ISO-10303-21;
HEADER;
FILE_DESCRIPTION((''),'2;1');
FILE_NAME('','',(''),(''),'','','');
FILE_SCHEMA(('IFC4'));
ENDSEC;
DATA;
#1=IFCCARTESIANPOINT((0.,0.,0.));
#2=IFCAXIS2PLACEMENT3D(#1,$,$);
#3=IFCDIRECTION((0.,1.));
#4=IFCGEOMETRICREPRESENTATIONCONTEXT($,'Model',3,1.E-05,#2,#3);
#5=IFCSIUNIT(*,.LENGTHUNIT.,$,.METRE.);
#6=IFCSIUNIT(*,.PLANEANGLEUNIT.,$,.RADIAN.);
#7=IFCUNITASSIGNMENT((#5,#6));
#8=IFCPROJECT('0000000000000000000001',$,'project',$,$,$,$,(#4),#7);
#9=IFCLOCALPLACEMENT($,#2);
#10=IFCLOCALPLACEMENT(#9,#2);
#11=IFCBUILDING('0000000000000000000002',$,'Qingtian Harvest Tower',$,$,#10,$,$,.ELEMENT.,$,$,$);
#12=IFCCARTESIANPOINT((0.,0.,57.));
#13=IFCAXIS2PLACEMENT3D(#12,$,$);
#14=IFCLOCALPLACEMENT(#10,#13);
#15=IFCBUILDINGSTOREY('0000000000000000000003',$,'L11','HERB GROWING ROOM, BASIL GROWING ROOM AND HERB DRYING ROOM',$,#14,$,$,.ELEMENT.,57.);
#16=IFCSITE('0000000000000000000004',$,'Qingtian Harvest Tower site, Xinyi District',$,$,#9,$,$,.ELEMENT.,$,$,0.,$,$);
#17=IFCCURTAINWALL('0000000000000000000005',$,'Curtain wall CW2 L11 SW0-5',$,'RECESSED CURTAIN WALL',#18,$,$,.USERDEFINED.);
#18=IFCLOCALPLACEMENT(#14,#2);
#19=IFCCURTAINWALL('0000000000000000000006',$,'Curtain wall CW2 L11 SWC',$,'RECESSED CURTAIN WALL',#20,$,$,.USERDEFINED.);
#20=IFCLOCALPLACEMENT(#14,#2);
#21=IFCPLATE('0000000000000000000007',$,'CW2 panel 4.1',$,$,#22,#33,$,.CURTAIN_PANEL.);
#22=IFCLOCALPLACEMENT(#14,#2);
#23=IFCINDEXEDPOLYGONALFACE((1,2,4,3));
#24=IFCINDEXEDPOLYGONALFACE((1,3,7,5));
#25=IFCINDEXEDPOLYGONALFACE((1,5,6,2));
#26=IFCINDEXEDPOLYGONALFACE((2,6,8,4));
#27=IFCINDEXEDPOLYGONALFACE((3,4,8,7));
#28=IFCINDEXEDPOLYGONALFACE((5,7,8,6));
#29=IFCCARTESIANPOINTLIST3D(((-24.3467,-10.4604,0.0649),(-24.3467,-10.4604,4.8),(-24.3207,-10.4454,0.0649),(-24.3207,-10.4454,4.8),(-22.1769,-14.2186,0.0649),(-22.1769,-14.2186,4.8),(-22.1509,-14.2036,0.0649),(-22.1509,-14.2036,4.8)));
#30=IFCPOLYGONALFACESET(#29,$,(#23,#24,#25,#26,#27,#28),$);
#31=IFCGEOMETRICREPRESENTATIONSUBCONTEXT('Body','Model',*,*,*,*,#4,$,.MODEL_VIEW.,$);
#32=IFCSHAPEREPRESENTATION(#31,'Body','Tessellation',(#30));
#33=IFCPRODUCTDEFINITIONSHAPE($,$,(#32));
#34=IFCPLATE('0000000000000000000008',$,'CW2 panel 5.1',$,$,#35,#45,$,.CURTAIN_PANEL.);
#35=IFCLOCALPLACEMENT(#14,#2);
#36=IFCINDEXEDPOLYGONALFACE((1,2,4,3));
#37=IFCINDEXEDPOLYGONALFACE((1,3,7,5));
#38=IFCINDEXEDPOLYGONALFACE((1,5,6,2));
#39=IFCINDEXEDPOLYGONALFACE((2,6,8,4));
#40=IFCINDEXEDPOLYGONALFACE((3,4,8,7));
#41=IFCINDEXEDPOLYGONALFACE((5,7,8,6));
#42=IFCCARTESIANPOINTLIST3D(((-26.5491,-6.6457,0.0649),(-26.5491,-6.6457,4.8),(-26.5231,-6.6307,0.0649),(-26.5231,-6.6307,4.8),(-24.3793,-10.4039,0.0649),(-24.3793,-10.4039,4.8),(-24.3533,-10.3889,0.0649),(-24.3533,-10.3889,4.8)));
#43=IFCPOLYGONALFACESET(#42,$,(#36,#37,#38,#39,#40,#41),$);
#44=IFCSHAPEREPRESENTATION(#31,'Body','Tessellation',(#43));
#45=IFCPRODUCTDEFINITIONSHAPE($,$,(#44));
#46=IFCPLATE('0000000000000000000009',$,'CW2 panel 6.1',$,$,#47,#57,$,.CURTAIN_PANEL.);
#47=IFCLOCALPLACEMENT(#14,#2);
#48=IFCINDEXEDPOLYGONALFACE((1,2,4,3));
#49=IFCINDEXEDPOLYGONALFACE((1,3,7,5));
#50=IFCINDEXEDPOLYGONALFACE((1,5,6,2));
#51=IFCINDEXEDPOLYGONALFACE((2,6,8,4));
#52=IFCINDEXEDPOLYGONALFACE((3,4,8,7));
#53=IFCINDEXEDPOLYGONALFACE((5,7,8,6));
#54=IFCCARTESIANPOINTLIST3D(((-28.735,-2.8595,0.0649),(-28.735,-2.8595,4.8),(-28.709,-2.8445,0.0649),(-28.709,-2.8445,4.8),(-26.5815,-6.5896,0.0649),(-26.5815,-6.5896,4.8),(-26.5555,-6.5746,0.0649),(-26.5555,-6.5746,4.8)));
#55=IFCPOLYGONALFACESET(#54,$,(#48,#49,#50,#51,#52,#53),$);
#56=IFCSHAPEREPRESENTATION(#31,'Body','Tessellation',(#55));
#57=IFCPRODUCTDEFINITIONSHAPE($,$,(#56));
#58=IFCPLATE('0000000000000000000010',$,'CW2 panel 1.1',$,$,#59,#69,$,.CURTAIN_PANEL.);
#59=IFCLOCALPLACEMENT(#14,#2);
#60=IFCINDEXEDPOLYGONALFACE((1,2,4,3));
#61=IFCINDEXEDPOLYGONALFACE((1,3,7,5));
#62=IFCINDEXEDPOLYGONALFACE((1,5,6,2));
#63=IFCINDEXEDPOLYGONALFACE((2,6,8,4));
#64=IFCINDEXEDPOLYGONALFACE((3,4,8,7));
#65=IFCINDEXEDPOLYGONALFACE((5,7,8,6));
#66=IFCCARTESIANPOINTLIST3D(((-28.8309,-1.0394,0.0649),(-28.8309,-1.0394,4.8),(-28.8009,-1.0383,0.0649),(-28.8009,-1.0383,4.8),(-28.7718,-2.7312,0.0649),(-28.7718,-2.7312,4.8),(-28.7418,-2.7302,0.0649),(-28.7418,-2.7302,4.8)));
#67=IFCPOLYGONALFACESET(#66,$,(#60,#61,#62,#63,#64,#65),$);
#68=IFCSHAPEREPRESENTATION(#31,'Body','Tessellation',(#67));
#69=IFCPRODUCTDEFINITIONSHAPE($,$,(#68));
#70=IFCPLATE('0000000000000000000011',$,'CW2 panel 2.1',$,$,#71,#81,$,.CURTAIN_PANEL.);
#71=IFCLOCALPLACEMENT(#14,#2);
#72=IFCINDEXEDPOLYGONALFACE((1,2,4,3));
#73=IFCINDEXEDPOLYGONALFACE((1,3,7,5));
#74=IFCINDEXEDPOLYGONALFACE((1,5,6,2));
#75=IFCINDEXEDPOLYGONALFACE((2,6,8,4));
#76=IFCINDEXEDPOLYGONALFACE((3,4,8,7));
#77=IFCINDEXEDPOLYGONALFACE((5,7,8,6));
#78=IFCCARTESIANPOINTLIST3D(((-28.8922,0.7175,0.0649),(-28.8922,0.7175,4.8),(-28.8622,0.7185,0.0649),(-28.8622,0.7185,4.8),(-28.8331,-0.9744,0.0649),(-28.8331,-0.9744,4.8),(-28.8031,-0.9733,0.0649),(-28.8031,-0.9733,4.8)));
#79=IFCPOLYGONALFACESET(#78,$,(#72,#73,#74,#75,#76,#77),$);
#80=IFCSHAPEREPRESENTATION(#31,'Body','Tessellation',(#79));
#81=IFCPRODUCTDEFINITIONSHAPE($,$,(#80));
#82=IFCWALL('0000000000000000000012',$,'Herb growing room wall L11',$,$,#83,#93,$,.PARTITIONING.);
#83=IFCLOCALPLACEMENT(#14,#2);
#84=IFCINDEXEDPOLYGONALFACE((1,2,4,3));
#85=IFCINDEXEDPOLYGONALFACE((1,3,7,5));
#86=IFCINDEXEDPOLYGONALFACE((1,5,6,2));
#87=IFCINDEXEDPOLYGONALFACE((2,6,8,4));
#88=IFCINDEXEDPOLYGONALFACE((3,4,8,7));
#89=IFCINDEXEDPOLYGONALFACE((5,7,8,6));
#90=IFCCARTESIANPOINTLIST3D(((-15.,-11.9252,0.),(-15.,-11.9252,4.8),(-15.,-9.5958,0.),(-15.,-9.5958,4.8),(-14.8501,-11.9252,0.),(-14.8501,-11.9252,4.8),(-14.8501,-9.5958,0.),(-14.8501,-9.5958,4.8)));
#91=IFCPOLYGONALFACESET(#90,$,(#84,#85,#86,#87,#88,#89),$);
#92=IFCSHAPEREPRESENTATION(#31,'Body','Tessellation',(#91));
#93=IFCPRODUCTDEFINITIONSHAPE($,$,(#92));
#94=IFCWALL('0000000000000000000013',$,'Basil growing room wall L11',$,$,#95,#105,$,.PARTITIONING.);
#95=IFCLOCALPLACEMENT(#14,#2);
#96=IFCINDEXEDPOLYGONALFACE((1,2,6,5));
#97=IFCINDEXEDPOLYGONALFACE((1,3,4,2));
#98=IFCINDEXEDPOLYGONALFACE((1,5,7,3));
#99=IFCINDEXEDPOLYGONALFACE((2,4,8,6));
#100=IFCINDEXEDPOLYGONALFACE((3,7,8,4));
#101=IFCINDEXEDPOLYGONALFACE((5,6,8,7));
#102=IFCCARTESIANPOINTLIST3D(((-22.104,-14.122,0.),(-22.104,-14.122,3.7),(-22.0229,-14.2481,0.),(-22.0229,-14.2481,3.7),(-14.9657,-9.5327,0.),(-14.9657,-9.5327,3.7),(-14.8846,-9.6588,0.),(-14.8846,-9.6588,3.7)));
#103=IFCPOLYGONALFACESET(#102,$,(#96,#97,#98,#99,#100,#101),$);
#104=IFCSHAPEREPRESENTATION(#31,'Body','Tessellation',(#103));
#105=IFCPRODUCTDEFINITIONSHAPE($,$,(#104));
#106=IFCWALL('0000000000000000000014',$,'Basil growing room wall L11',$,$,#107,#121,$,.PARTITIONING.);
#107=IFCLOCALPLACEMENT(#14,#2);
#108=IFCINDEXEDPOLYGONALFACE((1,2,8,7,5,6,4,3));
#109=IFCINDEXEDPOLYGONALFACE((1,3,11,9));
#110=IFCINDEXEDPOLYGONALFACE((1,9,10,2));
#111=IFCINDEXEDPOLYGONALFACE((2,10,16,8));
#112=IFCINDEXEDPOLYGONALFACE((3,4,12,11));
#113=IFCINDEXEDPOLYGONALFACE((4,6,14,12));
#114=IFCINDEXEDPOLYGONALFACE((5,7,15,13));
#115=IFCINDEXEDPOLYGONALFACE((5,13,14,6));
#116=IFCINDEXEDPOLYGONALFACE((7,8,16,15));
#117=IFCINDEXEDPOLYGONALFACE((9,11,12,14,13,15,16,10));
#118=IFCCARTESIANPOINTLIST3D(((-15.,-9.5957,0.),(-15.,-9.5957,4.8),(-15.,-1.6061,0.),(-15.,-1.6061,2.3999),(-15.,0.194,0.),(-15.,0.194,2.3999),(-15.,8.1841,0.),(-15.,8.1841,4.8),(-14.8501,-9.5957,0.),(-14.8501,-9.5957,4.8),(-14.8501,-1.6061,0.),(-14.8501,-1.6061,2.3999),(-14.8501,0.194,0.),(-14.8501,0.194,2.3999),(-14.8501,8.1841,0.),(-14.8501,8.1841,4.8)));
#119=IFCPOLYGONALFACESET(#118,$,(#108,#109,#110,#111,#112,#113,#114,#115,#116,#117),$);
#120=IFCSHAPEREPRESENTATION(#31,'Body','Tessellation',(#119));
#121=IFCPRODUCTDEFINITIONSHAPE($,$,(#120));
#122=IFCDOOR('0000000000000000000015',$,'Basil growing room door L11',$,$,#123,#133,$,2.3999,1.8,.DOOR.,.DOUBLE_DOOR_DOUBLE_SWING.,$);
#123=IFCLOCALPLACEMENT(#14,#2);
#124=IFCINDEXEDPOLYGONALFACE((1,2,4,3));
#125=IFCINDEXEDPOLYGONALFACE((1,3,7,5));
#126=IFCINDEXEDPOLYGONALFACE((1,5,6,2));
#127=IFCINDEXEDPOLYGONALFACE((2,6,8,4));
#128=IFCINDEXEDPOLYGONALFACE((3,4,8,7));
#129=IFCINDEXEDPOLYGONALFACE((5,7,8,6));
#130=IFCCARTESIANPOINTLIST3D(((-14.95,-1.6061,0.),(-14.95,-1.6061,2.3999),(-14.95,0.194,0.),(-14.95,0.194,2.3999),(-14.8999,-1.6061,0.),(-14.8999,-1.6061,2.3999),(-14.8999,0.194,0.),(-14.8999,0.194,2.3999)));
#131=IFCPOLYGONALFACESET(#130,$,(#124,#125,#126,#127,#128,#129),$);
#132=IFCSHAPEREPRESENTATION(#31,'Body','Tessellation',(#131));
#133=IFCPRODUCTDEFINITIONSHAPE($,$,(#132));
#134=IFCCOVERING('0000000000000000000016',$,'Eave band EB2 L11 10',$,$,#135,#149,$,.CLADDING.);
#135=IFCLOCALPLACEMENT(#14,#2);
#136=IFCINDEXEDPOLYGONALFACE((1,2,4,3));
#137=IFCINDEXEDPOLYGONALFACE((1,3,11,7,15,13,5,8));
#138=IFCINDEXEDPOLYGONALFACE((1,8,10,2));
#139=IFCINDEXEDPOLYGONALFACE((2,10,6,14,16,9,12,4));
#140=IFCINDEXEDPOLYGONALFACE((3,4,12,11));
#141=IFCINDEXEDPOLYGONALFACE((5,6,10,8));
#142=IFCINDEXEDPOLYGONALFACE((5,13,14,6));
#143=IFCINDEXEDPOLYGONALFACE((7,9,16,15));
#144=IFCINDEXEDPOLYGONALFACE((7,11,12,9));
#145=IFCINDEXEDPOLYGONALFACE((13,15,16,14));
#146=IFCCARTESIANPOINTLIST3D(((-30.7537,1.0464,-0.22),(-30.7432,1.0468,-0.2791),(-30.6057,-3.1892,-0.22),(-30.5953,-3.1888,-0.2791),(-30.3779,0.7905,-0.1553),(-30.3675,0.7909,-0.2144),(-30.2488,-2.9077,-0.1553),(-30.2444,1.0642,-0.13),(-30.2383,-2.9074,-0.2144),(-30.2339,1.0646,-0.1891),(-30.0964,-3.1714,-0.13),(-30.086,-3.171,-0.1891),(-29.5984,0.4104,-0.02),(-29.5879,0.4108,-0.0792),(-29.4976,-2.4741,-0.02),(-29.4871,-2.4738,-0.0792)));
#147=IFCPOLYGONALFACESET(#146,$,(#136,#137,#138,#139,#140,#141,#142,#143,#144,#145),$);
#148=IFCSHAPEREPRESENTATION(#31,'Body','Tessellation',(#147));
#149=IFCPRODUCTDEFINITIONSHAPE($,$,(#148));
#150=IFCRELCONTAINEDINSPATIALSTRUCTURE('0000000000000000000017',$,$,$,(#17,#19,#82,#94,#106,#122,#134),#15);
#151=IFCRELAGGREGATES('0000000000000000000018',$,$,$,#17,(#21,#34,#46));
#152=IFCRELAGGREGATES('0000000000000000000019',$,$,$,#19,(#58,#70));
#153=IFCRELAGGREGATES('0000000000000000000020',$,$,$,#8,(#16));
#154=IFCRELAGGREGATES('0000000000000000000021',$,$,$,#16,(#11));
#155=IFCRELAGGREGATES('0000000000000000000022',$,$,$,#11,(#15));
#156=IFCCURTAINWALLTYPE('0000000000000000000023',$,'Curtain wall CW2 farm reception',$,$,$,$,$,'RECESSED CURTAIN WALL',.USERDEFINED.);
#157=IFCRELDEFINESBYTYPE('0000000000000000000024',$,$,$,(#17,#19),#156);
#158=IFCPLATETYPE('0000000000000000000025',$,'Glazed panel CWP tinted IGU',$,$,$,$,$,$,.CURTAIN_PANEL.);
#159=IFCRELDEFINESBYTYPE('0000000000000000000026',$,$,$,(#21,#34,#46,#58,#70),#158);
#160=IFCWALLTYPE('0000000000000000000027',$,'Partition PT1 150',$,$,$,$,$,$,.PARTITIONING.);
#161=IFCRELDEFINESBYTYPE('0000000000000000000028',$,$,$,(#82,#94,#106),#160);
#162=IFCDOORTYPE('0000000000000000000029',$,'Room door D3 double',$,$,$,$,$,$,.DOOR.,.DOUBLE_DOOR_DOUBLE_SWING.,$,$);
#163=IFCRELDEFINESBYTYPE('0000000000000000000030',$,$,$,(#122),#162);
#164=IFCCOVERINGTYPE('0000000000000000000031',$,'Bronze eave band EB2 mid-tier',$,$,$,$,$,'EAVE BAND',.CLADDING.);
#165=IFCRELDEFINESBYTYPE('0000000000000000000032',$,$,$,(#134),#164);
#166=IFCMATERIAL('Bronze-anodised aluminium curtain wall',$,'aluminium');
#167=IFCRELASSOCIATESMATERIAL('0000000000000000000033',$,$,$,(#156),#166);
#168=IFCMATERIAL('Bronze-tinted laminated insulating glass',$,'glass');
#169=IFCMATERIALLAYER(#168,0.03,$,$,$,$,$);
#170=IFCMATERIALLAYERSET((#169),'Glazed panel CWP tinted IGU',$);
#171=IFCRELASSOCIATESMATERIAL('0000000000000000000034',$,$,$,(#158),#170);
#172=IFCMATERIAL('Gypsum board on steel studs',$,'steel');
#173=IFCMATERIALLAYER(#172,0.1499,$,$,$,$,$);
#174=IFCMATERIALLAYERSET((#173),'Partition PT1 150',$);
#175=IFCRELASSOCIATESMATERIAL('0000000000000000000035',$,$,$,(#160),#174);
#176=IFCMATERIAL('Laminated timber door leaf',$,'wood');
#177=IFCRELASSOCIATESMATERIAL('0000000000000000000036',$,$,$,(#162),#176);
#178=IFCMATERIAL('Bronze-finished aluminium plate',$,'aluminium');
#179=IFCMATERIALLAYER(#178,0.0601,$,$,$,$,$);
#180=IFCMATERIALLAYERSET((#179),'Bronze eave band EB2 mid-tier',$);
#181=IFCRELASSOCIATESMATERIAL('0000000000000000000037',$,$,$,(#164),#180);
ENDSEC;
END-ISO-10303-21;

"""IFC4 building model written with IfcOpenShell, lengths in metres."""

from ifc_helpers import new_model, si_unit, direction, frame, frame_2d, origin, origin_2d, place, context, subcontext, project, spatial, polyline, rectangle, outline, extrude, material, layer, layer_set, type_object, element, fill, aggregate, save


model = new_model("IFC4")

# Units and contexts
model_context = context("Model", 3, precision=1e-05, world=origin(), true_north=direction((0.0, 1.0)))
body_context = subcontext(model_context, "Body", "Model", "MODEL_VIEW")
ifc_project = project(units=[si_unit("LENGTHUNIT", "METRE"), si_unit("PLANEANGLEUNIT", "RADIAN")], contexts=[model_context])

# Site, building, storey
site_placement = place(None, origin())
site = spatial("IfcSite", under=ifc_project, at=site_placement, Name="Qingtian Harvest Tower site, Xinyi District", CompositionType="ELEMENT", RefElevation=0.0)
building_placement = place(site_placement, origin())
building = spatial("IfcBuilding", under=site, at=building_placement, Name="Qingtian Harvest Tower", CompositionType="ELEMENT")
storey_placement = place(building_placement, frame((0.0, 0.0, 57.0)))
storey = spatial("IfcBuildingStorey", under=building, at=storey_placement, Name="L11", Description="HERB GROWING ROOM, BASIL GROWING ROOM AND HERB DRYING ROOM", CompositionType="ELEMENT", Elevation=57.0)

# Curtain walls
ifc_material_1 = material(Name="Bronze-anodised aluminium curtain wall", Category="aluminium")
curtain_wall_type = type_object("IfcCurtainWallType", Name="Curtain wall CW2 farm reception", ElementType="RECESSED CURTAIN WALL", PredefinedType="USERDEFINED", material=ifc_material_1)
curtain_wall_1_placement = place(storey_placement, origin())
curtain_wall_1 = element("IfcCurtainWall", 1, at=curtain_wall_1_placement, inside=storey, type_object=curtain_wall_type, Name="Curtain wall CW2 L11 SW0-5", ObjectType="RECESSED CURTAIN WALL", PredefinedType="USERDEFINED")
curtain_wall_2_placement = place(storey_placement, origin())
curtain_wall_2 = element("IfcCurtainWall", 2, at=curtain_wall_2_placement, inside=storey, type_object=curtain_wall_type, Name="Curtain wall CW2 L11 SWC", ObjectType="RECESSED CURTAIN WALL", PredefinedType="USERDEFINED")

# Plates
ifc_material_2 = material(Name="Bronze-tinted laminated insulating glass", Category="glass")
ifc_layer_1 = layer(ifc_material_2, 0.03)
ifc_layer_set_1 = layer_set([ifc_layer_1], Name="Glazed panel CWP tinted IGU")
plate_type = type_object("IfcPlateType", Name="Glazed panel CWP tinted IGU", PredefinedType="CURTAIN_PANEL", material=ifc_layer_set_1)
plate_1_placement = place(storey_placement, frame((-23.2488, -12.332, 0.0649), z_axis=(0.0, 0.0, 1.0), x_axis=(-0.5, 0.866025, 0.0)))
plate_1 = element("IfcPlate", 3, at=plate_1_placement, type_object=plate_type, Name="CW2 panel 4.1", PredefinedType="CURTAIN_PANEL", context=body_context, shape_type="SweptSolid", body=[
    extrude(rectangle(XDim=4.3396, YDim=0.03, at=origin_2d()), origin(), (0.0, 0.0, 1.0), 4.7351),
])
plate_2_placement = place(storey_placement, frame((-25.4512, -8.5173, 0.0649), z_axis=(0.0, 0.0, 1.0), x_axis=(-0.5, 0.866025, 0.0)))
plate_2 = element("IfcPlate", 4, at=plate_2_placement, type_object=plate_type, Name="CW2 panel 5.1", PredefinedType="CURTAIN_PANEL", context=body_context, shape_type="SweptSolid", body=[
    extrude(rectangle(XDim=4.3396, YDim=0.03, at=origin_2d()), origin(), (0.0, 0.0, 1.0), 4.7351),
])
plate_3_placement = place(storey_placement, frame((-27.6453, -4.717, 0.0649), z_axis=(0.0, 0.0, 1.0), x_axis=(-0.5, 0.866025, 0.0)))
plate_3 = element("IfcPlate", 5, at=plate_3_placement, type_object=plate_type, Name="CW2 panel 6.1", PredefinedType="CURTAIN_PANEL", context=body_context, shape_type="SweptSolid", body=[
    extrude(rectangle(XDim=4.3071, YDim=0.03, at=origin_2d()), origin(), (0.0, 0.0, 1.0), 4.7351),
])
aggregate(curtain_wall_1, [plate_1, plate_2, plate_3])
plate_4_placement = place(storey_placement, frame((-28.7864, -1.8848, 0.0649), z_axis=(0.0, 0.0, 1.0), x_axis=(-0.034899, 0.999391, 0.0)))
plate_4 = element("IfcPlate", 6, at=plate_4_placement, type_object=plate_type, Name="CW2 panel 1.1", PredefinedType="CURTAIN_PANEL", context=body_context, shape_type="SweptSolid", body=[
    extrude(rectangle(XDim=1.6929, YDim=0.03, at=origin_2d()), origin(), (0.0, 0.0, 1.0), 4.7351),
])
plate_5_placement = place(storey_placement, frame((-28.8477, -0.1279, 0.0649), z_axis=(0.0, 0.0, 1.0), x_axis=(-0.034899, 0.999391, 0.0)))
plate_5 = element("IfcPlate", 7, at=plate_5_placement, type_object=plate_type, Name="CW2 panel 2.1", PredefinedType="CURTAIN_PANEL", context=body_context, shape_type="SweptSolid", body=[
    extrude(rectangle(XDim=1.6929, YDim=0.03, at=origin_2d()), origin(), (0.0, 0.0, 1.0), 4.7351),
])
aggregate(curtain_wall_2, [plate_4, plate_5])

# Walls
ifc_material_3 = material(Name="Gypsum board on steel studs", Category="steel")
ifc_layer_2 = layer(ifc_material_3, 0.1499)
ifc_layer_set_2 = layer_set([ifc_layer_2], Name="Partition PT1 150")
wall_type = type_object("IfcWallType", Name="Partition PT1 150", PredefinedType="PARTITIONING", material=ifc_layer_set_2)
wall_1_placement = place(storey_placement, frame((-14.925, -11.925, 0.0), z_axis=(0.0, 0.0, 1.0), x_axis=(0.0, 1.0, 0.0)))
element("IfcWall", 8, at=wall_1_placement, inside=storey, type_object=wall_type, Name="Herb growing room wall L11", PredefinedType="PARTITIONING", context=body_context, shape_type="SweptSolid", body=[
    extrude(rectangle(XDim=2.3293, YDim=0.1499, at=frame_2d((1.1646, 0.0))), origin(), (0.0, 0.0, 1.0), 4.8),
])
wall_2_placement = place(storey_placement, frame((-22.0635, -14.1851, 0.0), z_axis=(0.0, 0.0, 1.0), x_axis=(0.841159, 0.540788, 0.0)))
element("IfcWall", 9, at=wall_2_placement, inside=storey, type_object=wall_type, Name="Basil growing room wall L11", PredefinedType="PARTITIONING", context=body_context, shape_type="SweptSolid", body=[
    extrude(rectangle(XDim=8.4863, YDim=0.1499, at=frame_2d((4.2432, 0.0))), origin(), (0.0, 0.0, 1.0), 3.7),
])

# Wall, opening, door
wall_3_placement = place(storey_placement, frame((-14.925, -9.5957, 0.0), z_axis=(0.0, 0.0, 1.0), x_axis=(0.0, 1.0, 0.0)))
wall_3 = element("IfcWall", 10, at=wall_3_placement, inside=storey, type_object=wall_type, Name="Basil growing room wall L11", PredefinedType="PARTITIONING", context=body_context, shape_type="SweptSolid", body=[
    extrude(rectangle(XDim=17.7798, YDim=0.1499, at=frame_2d((8.8899, 0.0))), origin(), (0.0, 0.0, 1.0), 4.8),
])
opening_placement = place(wall_3_placement, frame((7.9897, 0.0, 0.0)))
opening = element("IfcOpeningElement", 11, at=opening_placement, cuts=wall_3, PredefinedType="OPENING", context=body_context, shape_type="SweptSolid", body=[
    extrude(rectangle(XDim=1.8, YDim=2.3999, at=frame_2d((0.8999, 1.2))), frame((0.0, 0.085, 0.0), z_axis=(0.0, -1.0, 0.0), x_axis=(1.0, 0.0, 0.0)), (0.0, 0.0, 1.0), 0.1699),
])
ifc_material_4 = material(Name="Laminated timber door leaf", Category="wood")
door_type = type_object("IfcDoorType", Name="Room door D3 double", OperationType="DOUBLE_DOOR_DOUBLE_SWING", PredefinedType="DOOR", material=ifc_material_4)
door_placement = place(opening_placement, origin())
door = element("IfcDoor", 12, at=door_placement, inside=storey, type_object=door_type, Name="Basil growing room door L11", OperationType="DOUBLE_DOOR_DOUBLE_SWING", OverallHeight=2.3999, OverallWidth=1.8, PredefinedType="DOOR", context=body_context, shape_type="SweptSolid", body=[
    extrude(rectangle(XDim=1.8, YDim=2.3999, at=frame_2d((0.8999, 1.2))), frame((0.0, 0.0249, 0.0), z_axis=(0.0, -1.0, 0.0), x_axis=(1.0, 0.0, 0.0)), (0.0, 0.0, 1.0), 0.05),
])
fill(opening, door)

# Covering
ifc_material_5 = material(Name="Bronze-finished aluminium plate", Category="aluminium")
ifc_layer_3 = layer(ifc_material_5, 0.0601)
ifc_layer_set_3 = layer_set([ifc_layer_3], Name="Bronze eave band EB2 mid-tier")
covering_type = type_object("IfcCoveringType", Name="Bronze eave band EB2 mid-tier", ElementType="EAVE BAND", PredefinedType="CLADDING", material=ifc_layer_set_3)
covering_placement = place(storey_placement, frame((-29.4976, -2.4741, -0.02), z_axis=(-0.173779, -0.006071, 0.984766), x_axis=(-0.855749, -0.493924, -0.154057)))
element("IfcCovering", 13, at=covering_placement, inside=storey, type_object=covering_type, Name="Eave band EB2 L11 10", PredefinedType="CLADDING", context=body_context, shape_type="SweptSolid", body=[
    extrude(outline(polyline([(0.0, 0.0), (0.8779, 0.0), (0.8738, 0.3055), (1.3323, 0.0656), (-0.6332, -3.6893), (-1.0916, -3.4493), (-0.8383, -3.2785), (-1.3384, -2.5572), (0.0, 0.0)])), origin(), (0.0, 0.0, -1.0), 0.0601),
])

save(model, "model.ifc")
